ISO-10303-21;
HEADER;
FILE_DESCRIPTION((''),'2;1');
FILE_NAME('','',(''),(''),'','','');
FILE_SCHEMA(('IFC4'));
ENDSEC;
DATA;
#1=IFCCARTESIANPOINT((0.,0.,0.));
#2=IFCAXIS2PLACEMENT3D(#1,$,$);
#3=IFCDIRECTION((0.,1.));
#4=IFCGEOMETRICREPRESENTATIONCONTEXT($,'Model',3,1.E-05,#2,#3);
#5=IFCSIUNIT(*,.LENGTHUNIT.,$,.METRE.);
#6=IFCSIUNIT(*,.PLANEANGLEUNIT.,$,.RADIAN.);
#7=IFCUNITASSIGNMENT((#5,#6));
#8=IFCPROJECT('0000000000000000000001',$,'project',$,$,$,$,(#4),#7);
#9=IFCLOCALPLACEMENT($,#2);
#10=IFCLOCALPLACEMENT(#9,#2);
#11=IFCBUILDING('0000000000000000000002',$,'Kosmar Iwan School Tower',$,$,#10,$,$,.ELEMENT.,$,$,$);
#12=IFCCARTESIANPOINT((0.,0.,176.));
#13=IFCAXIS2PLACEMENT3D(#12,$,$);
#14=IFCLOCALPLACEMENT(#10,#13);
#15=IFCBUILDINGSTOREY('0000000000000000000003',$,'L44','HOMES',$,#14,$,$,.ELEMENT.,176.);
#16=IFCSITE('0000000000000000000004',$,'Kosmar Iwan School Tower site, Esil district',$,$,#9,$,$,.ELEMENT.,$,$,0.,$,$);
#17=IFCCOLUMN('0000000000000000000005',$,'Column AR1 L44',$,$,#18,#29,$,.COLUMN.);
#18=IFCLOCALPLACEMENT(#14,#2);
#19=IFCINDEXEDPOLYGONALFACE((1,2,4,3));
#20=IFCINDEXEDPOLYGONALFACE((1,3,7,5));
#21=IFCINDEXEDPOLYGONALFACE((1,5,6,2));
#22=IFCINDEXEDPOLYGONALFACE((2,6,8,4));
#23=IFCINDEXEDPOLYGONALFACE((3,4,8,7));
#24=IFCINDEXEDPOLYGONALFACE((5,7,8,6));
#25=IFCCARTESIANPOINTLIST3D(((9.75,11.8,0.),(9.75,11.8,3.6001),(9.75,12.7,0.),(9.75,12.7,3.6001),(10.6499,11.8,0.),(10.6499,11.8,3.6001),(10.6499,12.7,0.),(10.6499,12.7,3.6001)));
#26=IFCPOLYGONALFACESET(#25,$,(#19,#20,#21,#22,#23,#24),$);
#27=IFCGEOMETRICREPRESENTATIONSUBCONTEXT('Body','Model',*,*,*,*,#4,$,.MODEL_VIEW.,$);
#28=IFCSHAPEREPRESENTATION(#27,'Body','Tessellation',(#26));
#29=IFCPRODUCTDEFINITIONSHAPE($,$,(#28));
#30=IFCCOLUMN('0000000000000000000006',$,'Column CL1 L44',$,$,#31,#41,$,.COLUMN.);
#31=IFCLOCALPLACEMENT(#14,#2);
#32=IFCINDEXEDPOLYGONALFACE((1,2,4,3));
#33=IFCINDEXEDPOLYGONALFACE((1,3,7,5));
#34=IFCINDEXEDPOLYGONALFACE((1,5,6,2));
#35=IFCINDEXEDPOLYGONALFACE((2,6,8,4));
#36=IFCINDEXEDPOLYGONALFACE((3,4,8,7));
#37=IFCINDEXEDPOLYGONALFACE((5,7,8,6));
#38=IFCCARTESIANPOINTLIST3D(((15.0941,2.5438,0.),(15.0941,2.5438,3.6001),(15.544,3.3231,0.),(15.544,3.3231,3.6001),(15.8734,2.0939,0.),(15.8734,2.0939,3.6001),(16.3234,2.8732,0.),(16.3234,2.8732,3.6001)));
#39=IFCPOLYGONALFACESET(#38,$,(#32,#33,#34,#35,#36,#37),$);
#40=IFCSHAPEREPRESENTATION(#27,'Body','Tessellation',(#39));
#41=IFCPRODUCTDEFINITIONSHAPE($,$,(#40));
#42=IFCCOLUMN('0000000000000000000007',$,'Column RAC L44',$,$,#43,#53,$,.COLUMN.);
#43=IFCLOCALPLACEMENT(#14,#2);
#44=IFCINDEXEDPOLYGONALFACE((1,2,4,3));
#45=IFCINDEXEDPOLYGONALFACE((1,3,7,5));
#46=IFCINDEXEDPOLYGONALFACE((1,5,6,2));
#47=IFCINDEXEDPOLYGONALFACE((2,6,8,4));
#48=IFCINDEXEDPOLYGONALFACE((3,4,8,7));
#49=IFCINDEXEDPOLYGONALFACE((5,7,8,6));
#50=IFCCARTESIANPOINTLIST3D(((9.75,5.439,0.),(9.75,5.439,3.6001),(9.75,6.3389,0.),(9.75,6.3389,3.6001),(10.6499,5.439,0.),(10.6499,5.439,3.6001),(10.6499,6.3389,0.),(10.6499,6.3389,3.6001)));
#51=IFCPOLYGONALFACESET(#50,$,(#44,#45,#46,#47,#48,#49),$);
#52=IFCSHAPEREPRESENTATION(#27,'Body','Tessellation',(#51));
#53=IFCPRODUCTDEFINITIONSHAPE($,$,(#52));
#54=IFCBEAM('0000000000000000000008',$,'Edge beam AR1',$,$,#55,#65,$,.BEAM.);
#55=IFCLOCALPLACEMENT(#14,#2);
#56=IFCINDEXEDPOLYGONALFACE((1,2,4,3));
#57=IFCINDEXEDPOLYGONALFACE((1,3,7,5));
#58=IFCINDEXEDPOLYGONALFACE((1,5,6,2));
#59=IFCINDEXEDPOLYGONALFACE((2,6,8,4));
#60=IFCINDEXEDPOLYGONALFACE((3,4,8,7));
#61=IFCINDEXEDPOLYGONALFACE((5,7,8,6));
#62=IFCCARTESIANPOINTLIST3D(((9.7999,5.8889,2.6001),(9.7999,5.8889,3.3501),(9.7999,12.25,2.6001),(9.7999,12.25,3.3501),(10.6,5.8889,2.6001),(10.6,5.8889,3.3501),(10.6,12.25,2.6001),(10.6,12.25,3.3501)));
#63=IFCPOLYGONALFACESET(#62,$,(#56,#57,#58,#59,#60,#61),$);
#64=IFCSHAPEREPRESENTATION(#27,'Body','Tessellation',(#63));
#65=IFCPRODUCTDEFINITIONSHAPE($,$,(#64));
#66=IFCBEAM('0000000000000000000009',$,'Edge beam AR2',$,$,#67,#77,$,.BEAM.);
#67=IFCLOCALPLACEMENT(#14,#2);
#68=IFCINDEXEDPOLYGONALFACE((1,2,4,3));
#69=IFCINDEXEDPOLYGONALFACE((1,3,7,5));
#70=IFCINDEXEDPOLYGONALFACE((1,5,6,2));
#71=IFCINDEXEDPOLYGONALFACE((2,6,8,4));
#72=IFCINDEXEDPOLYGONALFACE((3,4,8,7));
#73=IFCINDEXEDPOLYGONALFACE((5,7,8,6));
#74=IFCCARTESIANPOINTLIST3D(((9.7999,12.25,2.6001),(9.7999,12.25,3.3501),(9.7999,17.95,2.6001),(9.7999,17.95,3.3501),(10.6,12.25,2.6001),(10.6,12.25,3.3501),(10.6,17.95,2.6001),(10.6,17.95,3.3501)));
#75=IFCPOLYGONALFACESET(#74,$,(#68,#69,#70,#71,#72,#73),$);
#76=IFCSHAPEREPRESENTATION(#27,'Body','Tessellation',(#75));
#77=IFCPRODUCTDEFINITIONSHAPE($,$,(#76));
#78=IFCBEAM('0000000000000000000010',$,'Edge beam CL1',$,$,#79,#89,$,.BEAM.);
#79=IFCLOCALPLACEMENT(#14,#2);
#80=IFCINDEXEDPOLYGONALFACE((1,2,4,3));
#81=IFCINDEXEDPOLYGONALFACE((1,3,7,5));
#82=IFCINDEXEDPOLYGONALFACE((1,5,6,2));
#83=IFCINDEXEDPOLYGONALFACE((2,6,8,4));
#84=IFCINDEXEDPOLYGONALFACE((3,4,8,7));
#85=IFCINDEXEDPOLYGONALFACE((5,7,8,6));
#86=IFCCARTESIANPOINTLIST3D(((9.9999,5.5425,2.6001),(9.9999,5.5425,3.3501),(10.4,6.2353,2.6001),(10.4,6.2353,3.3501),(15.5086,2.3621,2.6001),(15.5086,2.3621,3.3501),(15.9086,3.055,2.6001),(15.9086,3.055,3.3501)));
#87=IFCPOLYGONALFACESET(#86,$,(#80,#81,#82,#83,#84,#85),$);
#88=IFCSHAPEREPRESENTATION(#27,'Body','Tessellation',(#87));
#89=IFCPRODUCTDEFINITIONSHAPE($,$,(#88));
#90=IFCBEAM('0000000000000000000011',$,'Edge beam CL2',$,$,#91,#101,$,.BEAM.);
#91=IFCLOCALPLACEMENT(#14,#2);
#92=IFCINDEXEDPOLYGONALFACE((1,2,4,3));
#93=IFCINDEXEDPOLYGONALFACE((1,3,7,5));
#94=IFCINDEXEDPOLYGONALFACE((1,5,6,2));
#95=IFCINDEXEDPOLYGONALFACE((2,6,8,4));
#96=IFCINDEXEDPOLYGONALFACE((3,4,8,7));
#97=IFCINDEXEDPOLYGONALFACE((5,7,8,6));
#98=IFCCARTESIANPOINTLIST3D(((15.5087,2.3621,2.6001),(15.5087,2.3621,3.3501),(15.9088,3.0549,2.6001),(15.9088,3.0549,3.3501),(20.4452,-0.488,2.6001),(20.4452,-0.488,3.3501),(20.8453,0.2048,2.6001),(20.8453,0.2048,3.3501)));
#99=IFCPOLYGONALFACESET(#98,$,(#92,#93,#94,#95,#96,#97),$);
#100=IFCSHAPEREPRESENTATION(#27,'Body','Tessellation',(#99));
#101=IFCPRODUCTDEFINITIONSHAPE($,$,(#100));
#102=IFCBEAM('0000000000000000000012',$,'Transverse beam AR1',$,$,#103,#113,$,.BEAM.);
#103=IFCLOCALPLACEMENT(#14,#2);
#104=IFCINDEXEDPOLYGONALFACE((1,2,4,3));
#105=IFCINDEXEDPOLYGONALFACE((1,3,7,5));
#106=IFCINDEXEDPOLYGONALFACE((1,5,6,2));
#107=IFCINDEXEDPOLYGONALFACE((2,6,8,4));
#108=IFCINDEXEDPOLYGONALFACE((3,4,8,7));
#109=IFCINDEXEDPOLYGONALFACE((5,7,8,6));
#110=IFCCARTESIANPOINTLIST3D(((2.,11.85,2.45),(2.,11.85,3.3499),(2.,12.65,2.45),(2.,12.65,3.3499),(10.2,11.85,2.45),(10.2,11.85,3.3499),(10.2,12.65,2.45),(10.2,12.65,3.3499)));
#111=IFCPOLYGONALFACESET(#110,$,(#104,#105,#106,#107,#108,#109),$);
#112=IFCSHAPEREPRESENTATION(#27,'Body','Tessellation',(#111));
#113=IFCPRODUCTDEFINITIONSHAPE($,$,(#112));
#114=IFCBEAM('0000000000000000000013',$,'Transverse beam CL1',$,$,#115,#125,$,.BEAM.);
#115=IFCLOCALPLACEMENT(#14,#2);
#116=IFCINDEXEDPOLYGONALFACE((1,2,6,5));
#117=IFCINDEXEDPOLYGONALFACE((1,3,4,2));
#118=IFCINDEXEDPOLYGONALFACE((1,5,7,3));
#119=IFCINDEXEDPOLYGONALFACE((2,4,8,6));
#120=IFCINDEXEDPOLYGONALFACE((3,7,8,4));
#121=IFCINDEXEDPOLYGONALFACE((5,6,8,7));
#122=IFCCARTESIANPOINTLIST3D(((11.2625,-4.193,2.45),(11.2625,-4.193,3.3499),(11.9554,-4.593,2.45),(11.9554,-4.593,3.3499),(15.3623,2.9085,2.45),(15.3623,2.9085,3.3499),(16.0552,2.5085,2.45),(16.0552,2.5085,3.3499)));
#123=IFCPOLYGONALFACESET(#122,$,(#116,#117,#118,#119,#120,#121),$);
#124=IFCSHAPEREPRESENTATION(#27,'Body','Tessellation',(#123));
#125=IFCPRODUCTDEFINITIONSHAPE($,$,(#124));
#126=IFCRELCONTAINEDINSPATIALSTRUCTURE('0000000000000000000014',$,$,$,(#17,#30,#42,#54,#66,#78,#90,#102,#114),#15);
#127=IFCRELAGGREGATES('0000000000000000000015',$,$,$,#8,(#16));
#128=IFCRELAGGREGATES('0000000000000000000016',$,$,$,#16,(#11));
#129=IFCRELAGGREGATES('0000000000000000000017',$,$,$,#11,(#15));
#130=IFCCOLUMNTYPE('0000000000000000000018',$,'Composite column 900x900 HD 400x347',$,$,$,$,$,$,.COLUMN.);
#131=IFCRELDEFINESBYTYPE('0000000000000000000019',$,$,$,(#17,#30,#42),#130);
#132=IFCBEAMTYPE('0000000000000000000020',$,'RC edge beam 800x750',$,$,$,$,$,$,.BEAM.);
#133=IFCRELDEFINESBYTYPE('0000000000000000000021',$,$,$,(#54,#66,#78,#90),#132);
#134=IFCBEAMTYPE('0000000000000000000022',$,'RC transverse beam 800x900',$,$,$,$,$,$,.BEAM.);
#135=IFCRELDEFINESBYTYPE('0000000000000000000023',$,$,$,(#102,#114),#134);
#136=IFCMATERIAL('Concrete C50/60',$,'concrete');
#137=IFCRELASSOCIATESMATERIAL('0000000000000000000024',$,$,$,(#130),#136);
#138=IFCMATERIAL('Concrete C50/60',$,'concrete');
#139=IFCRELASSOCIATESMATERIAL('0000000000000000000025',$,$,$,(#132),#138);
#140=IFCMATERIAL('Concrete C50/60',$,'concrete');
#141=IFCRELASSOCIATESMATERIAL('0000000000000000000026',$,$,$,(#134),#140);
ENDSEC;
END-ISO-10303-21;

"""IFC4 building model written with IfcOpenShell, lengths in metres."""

from ifc_helpers import new_model, si_unit, direction, frame, origin, origin_2d, place, context, subcontext, project, spatial, rectangle, extrude, material, material_profile, profile_set, type_object, element, save


model = new_model("IFC4")

# Units and contexts
model_context = context("Model", 3, precision=1e-05, world=origin(), true_north=direction((0.0, 1.0)))
body_context = subcontext(model_context, "Body", "Model", "MODEL_VIEW")
ifc_project = project(units=[si_unit("LENGTHUNIT", "METRE"), si_unit("PLANEANGLEUNIT", "RADIAN")], contexts=[model_context])

# Site, building, storey
site_placement = place(None, origin())
site = spatial("IfcSite", under=ifc_project, at=site_placement, Name="Kosmar Iwan School Tower site, Esil district", CompositionType="ELEMENT", RefElevation=0.0)
building_placement = place(site_placement, origin())
building = spatial("IfcBuilding", under=site, at=building_placement, Name="Kosmar Iwan School Tower", CompositionType="ELEMENT")
storey_placement = place(building_placement, frame((0.0, 0.0, 176.0)))
storey = spatial("IfcBuildingStorey", under=building, at=storey_placement, Name="L44", Description="HOMES", CompositionType="ELEMENT", Elevation=176.0)

# Columns
ifc_material_1 = material(Name="Concrete C50/60", Category="concrete")
ifc_material_profile_1 = material_profile(ifc_material_1, rectangle(XDim=0.8999, YDim=0.8999, at=origin_2d()), Name="RC 900x900 + HD 400x347")
ifc_profile_set_1 = profile_set([ifc_material_profile_1], Name="Concrete C50/60")
column_type = type_object("IfcColumnType", Name="Composite column 900x900 HD 400x347", PredefinedType="COLUMN", material=ifc_profile_set_1)
for number, where, z_axis, x_axis, name in (
    (1, (10.2, 12.25, 0.0), (0.0, 0.0, 1.0), (0.0, 1.0, 0.0), "Column AR1 L44"),
    (2, (15.7087, 2.7085, 0.0), (0.0, 0.0, 1.0), (0.866025, -0.5, 0.0), "Column CL1 L44"),
    (3, (10.2, 5.8889, 0.0), (0.0, 0.0, 1.0), (1.0, 0.0, 0.0), "Column RAC L44"),
):
    element("IfcColumn", number, at=place(storey_placement, frame(where, z_axis=z_axis, x_axis=x_axis)), inside=storey, type_object=column_type, Name=name, PredefinedType="COLUMN", context=body_context, shape_type="SweptSolid", body=[
        extrude(rectangle(XDim=0.8999, YDim=0.8999, at=origin_2d()), origin(), (0.0, 0.0, 1.0), 3.6001),
    ])

# Beams
ifc_material_2 = material(Name="Concrete C50/60", Category="concrete")
ifc_material_profile_2 = material_profile(ifc_material_2, rectangle(XDim=0.8, YDim=0.75, at=origin_2d()), Name="RC 800x750")
ifc_profile_set_2 = profile_set([ifc_material_profile_2], Name="Concrete C50/60")
beam_type_1 = type_object("IfcBeamType", Name="RC edge beam 800x750", PredefinedType="BEAM", material=ifc_profile_set_2)
beam_1_placement = place(storey_placement, frame((10.2, 5.8889, 2.9751), z_axis=(0.0, 1.0, 0.0), x_axis=(-1.0, 0.0, 0.0)))
element("IfcBeam", 4, at=beam_1_placement, inside=storey, type_object=beam_type_1, Name="Edge beam AR1", PredefinedType="BEAM", context=body_context, shape_type="SweptSolid", body=[
    extrude(rectangle(XDim=0.8, YDim=0.75, at=origin_2d()), origin(), (0.0, 0.0, 1.0), 6.3611),
])
beam_2_placement = place(storey_placement, frame((10.2, 12.25, 2.9751), z_axis=(0.0, 1.0, 0.0), x_axis=(-1.0, 0.0, 0.0)))
element("IfcBeam", 5, at=beam_2_placement, inside=storey, type_object=beam_type_1, Name="Edge beam AR2", PredefinedType="BEAM", context=body_context, shape_type="SweptSolid", body=[
    extrude(rectangle(XDim=0.8, YDim=0.75, at=origin_2d()), origin(), (0.0, 0.0, 1.0), 5.7),
])
beam_3_placement = place(storey_placement, frame((10.2, 5.8889, 2.9751), z_axis=(0.866031, -0.49999, 0.0), x_axis=(0.49999, 0.866031, 0.0)))
element("IfcBeam", 6, at=beam_3_placement, inside=storey, type_object=beam_type_1, Name="Edge beam CL1", PredefinedType="BEAM", context=body_context, shape_type="SweptSolid", body=[
    extrude(rectangle(XDim=0.8, YDim=0.75, at=origin_2d()), origin(), (0.0, 0.0, 1.0), 6.3608),
])
beam_4_placement = place(storey_placement, frame((15.7087, 2.7085, 2.9751), z_axis=(0.866026, -0.499999, 0.0), x_axis=(0.499999, 0.866026, 0.0)))
element("IfcBeam", 7, at=beam_4_placement, inside=storey, type_object=beam_type_1, Name="Edge beam CL2", PredefinedType="BEAM", context=body_context, shape_type="SweptSolid", body=[
    extrude(rectangle(XDim=0.8, YDim=0.75, at=origin_2d()), origin(), (0.0, 0.0, 1.0), 5.7002),
])
ifc_material_3 = material(Name="Concrete C50/60", Category="concrete")
ifc_material_profile_3 = material_profile(ifc_material_3, rectangle(XDim=0.8, YDim=0.8999, at=origin_2d()), Name="RC 800x900")
ifc_profile_set_3 = profile_set([ifc_material_profile_3], Name="Concrete C50/60")
beam_type_2 = type_object("IfcBeamType", Name="RC transverse beam 800x900", PredefinedType="BEAM", material=ifc_profile_set_3)
for number, where, z_axis, x_axis, name in (
    (8, (10.2, 12.25, 2.8999), (-1.0, 0.0, 0.0), (0.0, -1.0, 0.0), "Transverse beam AR1"),
    (9, (15.7087, 2.7085, 2.8999), (-0.499978, -0.866038, 0.0), (0.866038, -0.499978, 0.0), "Transverse beam CL1"),
):
    element("IfcBeam", number, at=place(storey_placement, frame(where, z_axis=z_axis, x_axis=x_axis)), inside=storey, type_object=beam_type_2, Name=name, PredefinedType="BEAM", context=body_context, shape_type="SweptSolid", body=[
        extrude(rectangle(XDim=0.8, YDim=0.8999, at=origin_2d()), origin(), (0.0, 0.0, 1.0), 8.2),
    ])

save(model, "model.ifc")
